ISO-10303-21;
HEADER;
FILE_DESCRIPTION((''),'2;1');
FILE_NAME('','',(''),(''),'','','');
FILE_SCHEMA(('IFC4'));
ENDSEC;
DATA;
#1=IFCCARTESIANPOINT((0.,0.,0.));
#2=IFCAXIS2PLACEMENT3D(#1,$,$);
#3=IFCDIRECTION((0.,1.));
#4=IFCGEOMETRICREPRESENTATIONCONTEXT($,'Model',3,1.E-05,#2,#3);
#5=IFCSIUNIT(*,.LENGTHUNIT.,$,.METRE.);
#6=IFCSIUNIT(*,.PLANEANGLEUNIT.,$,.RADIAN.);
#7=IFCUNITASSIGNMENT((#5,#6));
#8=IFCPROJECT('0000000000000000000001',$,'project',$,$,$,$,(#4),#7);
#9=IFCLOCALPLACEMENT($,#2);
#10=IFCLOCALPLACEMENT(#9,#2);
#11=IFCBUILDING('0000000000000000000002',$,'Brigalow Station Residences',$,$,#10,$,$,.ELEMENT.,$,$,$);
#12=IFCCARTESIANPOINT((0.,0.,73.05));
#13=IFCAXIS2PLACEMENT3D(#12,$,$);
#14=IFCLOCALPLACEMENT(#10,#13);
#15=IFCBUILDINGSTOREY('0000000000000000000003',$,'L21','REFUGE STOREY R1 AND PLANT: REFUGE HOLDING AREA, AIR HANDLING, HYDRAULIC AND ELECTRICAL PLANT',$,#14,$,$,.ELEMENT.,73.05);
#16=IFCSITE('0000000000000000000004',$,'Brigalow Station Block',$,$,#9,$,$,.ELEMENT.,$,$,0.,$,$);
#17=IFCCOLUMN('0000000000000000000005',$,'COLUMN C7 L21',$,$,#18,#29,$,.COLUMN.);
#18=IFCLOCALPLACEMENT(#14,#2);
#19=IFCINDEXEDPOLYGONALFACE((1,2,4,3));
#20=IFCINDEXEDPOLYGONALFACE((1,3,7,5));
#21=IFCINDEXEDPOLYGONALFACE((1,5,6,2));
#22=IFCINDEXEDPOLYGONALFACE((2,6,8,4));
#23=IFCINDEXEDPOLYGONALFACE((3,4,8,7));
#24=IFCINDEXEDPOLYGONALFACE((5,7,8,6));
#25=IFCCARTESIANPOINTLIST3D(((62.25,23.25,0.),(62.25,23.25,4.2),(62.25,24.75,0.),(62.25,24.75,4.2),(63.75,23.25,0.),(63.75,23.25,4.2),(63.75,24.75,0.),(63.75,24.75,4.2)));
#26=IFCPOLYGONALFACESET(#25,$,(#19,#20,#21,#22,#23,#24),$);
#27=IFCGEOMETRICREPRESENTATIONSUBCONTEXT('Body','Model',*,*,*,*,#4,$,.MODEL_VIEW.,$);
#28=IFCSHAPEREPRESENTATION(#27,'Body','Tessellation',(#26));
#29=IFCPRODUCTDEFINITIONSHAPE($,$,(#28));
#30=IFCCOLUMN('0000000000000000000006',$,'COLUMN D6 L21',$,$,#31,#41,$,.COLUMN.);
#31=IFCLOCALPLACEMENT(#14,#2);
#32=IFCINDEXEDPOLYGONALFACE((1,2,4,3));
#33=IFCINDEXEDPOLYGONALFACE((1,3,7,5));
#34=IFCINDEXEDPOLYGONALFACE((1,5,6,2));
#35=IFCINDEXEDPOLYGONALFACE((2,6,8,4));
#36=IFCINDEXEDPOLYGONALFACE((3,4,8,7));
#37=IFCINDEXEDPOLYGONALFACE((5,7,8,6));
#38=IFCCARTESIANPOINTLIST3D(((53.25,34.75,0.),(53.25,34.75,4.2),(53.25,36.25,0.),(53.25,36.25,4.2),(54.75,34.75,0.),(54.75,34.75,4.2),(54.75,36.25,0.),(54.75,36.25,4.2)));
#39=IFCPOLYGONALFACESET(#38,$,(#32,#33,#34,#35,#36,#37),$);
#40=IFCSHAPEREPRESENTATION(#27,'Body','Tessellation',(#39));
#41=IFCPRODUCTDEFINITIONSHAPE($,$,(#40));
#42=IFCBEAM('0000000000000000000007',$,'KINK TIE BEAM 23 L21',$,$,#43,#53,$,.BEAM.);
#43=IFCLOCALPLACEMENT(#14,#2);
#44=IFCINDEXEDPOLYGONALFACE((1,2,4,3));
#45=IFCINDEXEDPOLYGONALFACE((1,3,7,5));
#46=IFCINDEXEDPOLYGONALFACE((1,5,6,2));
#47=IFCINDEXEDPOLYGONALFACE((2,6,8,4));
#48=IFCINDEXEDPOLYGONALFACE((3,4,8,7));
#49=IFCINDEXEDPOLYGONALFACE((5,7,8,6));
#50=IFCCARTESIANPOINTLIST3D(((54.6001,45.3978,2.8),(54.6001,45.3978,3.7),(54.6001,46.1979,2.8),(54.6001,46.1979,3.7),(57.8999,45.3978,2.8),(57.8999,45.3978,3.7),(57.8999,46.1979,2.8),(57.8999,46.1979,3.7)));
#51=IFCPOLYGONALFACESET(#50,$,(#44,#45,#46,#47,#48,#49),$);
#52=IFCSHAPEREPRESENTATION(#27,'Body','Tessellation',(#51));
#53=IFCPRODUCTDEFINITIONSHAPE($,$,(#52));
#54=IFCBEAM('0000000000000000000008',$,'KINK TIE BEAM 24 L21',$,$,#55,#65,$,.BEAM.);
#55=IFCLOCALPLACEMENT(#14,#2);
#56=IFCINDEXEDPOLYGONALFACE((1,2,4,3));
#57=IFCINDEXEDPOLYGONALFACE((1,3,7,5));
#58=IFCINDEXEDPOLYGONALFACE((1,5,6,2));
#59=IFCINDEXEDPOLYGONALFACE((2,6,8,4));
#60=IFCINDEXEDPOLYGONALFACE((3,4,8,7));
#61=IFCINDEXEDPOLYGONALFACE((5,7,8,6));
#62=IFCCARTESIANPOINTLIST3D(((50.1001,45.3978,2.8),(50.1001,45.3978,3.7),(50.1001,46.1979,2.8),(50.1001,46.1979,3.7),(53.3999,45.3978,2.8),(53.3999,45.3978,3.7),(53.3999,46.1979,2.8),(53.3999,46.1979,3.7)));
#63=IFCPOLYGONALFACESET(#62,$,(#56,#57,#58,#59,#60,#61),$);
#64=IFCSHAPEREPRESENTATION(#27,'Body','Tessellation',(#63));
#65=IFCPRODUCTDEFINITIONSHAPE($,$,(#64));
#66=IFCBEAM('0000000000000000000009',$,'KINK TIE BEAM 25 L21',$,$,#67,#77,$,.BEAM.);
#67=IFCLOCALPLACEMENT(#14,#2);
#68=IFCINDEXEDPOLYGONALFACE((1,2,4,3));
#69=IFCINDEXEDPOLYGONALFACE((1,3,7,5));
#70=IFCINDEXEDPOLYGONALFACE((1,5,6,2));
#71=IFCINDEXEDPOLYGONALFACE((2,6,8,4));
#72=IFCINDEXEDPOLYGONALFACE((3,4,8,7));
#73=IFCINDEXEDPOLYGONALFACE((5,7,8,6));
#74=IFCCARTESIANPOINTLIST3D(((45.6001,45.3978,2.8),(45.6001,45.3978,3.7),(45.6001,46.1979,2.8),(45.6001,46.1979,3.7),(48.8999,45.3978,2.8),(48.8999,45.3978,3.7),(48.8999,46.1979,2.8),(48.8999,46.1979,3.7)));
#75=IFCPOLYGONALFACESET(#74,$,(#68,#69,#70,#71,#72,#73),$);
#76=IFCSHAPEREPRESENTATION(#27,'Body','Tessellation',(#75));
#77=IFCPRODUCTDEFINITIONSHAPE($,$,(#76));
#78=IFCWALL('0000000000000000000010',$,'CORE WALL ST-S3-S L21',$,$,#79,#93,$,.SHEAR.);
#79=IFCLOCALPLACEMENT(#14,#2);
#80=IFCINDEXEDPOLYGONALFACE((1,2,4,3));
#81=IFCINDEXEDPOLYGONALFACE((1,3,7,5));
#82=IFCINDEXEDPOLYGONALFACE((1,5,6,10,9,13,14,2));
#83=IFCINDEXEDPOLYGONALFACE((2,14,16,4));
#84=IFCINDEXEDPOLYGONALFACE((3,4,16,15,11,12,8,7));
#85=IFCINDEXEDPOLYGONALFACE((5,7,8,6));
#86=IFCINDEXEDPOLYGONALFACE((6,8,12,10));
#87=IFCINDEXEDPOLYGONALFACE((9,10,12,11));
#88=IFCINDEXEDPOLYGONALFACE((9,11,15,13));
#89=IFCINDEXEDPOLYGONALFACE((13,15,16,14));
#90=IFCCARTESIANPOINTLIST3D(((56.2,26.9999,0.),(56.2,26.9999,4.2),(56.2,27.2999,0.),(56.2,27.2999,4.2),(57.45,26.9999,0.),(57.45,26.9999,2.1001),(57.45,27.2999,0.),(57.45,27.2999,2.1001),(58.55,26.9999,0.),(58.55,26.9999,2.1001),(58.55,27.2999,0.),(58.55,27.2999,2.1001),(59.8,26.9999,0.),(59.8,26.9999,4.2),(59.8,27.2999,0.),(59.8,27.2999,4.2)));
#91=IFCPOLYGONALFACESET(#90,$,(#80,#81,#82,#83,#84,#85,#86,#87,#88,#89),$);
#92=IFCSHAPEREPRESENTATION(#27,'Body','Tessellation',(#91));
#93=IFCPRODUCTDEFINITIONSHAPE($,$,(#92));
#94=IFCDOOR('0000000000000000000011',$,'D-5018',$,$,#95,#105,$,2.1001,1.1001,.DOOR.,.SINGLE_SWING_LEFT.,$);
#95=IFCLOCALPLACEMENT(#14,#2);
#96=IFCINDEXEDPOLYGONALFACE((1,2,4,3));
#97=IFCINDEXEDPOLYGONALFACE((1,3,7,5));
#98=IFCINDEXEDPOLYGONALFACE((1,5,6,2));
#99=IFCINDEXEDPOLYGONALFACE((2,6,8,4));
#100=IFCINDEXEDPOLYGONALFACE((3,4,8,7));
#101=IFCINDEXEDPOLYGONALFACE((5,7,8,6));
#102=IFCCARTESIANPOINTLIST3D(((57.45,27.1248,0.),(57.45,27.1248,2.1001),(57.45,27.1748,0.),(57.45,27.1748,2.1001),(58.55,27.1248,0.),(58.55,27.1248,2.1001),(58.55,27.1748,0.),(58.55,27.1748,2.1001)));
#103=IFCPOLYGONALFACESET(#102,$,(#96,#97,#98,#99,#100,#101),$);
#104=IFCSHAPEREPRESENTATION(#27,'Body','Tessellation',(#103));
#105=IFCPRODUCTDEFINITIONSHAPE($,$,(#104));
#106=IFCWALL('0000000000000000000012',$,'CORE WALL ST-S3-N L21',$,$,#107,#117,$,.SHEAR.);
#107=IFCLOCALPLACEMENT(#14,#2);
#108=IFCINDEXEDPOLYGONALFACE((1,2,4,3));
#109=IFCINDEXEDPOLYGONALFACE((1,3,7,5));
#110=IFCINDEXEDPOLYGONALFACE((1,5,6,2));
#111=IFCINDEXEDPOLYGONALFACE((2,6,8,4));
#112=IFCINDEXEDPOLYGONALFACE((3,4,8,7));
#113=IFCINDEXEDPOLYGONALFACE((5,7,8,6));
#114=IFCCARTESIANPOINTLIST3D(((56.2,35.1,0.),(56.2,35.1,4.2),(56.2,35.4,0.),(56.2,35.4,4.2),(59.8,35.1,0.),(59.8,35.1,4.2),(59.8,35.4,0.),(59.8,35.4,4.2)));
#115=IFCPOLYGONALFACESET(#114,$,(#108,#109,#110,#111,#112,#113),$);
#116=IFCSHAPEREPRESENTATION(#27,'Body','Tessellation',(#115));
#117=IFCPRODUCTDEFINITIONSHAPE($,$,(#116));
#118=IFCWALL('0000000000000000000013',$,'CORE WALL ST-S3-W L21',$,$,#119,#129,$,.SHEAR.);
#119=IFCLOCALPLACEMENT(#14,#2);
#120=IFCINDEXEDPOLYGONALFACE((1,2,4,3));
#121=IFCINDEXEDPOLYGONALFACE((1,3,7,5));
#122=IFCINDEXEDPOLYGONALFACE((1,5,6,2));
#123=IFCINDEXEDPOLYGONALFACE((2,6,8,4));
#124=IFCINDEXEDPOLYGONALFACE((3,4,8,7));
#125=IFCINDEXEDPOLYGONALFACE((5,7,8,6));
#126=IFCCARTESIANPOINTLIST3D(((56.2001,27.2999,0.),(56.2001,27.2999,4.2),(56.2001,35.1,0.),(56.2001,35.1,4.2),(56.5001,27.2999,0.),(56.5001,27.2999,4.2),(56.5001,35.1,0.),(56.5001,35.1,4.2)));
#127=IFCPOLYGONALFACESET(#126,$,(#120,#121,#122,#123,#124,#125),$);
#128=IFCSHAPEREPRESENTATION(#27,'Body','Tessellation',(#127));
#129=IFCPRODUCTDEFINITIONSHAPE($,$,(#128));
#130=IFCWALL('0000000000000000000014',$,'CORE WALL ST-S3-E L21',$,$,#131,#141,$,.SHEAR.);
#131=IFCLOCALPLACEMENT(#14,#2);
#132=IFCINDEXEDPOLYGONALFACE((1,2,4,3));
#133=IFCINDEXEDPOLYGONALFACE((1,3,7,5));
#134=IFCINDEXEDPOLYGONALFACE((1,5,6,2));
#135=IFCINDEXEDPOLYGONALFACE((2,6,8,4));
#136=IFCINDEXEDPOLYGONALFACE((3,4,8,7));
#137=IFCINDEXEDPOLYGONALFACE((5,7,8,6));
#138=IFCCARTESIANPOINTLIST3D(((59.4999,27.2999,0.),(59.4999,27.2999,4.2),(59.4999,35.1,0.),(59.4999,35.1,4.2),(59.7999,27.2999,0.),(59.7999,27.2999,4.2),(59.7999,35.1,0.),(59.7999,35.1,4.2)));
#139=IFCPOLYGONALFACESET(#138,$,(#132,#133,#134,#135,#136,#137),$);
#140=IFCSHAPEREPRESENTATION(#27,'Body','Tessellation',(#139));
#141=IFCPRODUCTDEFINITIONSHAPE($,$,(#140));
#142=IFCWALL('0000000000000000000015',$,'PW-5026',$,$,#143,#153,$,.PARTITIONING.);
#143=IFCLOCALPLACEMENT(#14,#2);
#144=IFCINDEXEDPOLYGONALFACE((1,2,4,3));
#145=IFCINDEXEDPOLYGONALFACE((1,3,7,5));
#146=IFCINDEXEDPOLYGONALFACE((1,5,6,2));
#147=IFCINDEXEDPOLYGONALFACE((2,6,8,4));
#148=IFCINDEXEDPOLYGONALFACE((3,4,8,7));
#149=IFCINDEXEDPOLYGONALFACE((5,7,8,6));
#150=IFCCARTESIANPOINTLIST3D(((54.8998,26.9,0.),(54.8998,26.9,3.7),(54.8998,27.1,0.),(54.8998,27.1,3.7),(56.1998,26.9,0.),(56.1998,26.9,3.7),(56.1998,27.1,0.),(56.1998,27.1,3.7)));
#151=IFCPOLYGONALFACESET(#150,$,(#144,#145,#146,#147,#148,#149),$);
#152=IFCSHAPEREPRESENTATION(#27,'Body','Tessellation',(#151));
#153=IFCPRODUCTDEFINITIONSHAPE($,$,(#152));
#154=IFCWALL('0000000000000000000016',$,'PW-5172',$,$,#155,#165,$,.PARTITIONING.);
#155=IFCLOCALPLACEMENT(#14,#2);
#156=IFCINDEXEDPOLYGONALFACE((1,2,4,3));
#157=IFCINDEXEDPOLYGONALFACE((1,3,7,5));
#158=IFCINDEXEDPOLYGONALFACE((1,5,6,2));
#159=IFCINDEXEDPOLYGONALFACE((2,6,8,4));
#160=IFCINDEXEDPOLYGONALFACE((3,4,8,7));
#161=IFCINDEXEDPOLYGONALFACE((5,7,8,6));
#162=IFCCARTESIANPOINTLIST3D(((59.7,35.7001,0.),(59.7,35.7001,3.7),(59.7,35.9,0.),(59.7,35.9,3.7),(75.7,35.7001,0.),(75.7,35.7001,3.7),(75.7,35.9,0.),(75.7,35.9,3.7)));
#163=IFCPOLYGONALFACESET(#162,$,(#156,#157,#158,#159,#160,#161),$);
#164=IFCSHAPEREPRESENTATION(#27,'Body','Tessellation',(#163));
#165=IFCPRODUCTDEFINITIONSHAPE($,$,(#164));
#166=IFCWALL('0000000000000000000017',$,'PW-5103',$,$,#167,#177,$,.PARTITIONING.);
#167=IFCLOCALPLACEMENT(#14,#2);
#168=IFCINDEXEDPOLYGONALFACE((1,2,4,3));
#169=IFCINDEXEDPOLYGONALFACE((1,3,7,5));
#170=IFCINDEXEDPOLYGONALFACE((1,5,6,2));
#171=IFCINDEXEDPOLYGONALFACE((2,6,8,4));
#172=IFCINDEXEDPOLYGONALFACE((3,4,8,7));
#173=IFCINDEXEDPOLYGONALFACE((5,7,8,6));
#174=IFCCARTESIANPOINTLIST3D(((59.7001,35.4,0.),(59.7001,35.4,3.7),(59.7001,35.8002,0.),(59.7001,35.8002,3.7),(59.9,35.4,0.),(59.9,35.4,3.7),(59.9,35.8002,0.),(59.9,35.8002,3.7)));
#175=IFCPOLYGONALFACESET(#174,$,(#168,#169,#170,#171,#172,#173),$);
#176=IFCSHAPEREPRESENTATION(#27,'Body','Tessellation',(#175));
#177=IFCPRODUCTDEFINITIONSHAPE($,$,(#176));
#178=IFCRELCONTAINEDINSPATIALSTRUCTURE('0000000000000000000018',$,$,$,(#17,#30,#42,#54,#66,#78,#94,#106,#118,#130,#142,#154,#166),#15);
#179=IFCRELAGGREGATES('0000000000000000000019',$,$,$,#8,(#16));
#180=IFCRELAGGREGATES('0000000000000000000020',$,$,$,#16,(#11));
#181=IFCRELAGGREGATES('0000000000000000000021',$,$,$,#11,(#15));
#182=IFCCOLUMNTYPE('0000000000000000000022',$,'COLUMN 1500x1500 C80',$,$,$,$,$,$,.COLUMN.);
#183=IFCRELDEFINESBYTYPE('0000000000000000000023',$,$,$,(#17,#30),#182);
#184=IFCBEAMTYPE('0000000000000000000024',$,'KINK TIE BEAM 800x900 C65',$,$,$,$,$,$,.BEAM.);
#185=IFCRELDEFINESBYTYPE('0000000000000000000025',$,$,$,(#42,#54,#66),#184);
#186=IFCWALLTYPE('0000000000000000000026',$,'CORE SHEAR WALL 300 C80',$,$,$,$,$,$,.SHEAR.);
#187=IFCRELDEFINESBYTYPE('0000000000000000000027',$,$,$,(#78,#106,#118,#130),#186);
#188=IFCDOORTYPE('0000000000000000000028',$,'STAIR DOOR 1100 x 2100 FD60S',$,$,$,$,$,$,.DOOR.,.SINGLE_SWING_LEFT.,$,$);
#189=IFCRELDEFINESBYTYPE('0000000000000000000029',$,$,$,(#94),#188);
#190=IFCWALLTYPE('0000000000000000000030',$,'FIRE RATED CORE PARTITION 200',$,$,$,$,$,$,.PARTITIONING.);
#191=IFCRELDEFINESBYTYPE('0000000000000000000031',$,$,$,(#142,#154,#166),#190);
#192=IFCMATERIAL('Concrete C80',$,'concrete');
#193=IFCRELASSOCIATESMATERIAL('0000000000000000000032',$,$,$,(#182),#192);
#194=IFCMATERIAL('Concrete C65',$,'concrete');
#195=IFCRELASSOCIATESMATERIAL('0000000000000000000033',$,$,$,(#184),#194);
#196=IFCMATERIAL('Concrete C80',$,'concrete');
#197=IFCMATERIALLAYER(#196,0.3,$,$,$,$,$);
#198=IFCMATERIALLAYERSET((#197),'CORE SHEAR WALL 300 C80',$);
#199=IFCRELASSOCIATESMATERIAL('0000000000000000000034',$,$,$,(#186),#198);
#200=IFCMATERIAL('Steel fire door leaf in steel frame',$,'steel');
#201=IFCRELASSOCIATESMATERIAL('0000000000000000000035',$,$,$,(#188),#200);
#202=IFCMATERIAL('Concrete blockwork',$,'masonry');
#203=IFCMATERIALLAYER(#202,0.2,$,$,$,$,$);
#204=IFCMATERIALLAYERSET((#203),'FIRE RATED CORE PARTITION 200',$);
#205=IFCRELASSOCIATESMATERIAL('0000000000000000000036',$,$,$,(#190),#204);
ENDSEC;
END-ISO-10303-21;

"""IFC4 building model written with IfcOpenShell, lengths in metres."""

from ifc_helpers import new_model, si_unit, direction, frame, frame_2d, origin, origin_2d, place, context, subcontext, project, spatial, rectangle, extrude, material, layer, layer_set, material_profile, profile_set, type_object, element, fill, save


model = new_model("IFC4")

# Units and contexts
model_context = context("Model", 3, precision=1e-05, world=origin(), true_north=direction((0.0, 1.0)))
body_context = subcontext(model_context, "Body", "Model", "MODEL_VIEW")
ifc_project = project(units=[si_unit("LENGTHUNIT", "METRE"), si_unit("PLANEANGLEUNIT", "RADIAN")], contexts=[model_context])

# Site, building, storey
site_placement = place(None, origin())
site = spatial("IfcSite", under=ifc_project, at=site_placement, Name="Brigalow Station Block", CompositionType="ELEMENT", RefElevation=0.0)
building_placement = place(site_placement, origin())
building = spatial("IfcBuilding", under=site, at=building_placement, Name="Brigalow Station Residences", CompositionType="ELEMENT")
storey_placement = place(building_placement, frame((0.0, 0.0, 73.05)))
storey = spatial("IfcBuildingStorey", under=building, at=storey_placement, Name="L21", Description="REFUGE STOREY R1 AND PLANT: REFUGE HOLDING AREA, AIR HANDLING, HYDRAULIC AND ELECTRICAL PLANT", CompositionType="ELEMENT", Elevation=73.05)

# Columns
ifc_material_1 = material(Name="Concrete C80", Category="concrete")
ifc_material_profile_1 = material_profile(ifc_material_1, rectangle(XDim=1.5, YDim=1.5, at=origin_2d()), Name="RC1500x1500")
ifc_profile_set_1 = profile_set([ifc_material_profile_1], Name="Concrete C80")
column_type = type_object("IfcColumnType", Name="COLUMN 1500x1500 C80", PredefinedType="COLUMN", material=ifc_profile_set_1)
for number, where, z_axis, x_axis, name in (
    (1, (63.0, 24.0, 0.0), (0.0, 0.0, 1.0), (1.0, 0.0, 0.0), "COLUMN C7 L21"),
    (2, (54.0, 35.5, 0.0), (0.0, 0.0, 1.0), (1.0, 0.0, 0.0), "COLUMN D6 L21"),
):
    element("IfcColumn", number, at=place(storey_placement, frame(where, z_axis=z_axis, x_axis=x_axis)), inside=storey, type_object=column_type, Name=name, PredefinedType="COLUMN", context=body_context, shape_type="SweptSolid", body=[
        extrude(rectangle(XDim=1.5, YDim=1.5, at=origin_2d()), origin(), (0.0, 0.0, 1.0), 4.2),
    ])

# Beams
ifc_material_2 = material(Name="Concrete C65", Category="concrete")
ifc_material_profile_2 = material_profile(ifc_material_2, rectangle(XDim=0.8, YDim=0.8999, at=origin_2d()), Name="RC800x900")
ifc_profile_set_2 = profile_set([ifc_material_profile_2], Name="Concrete C65")
beam_type = type_object("IfcBeamType", Name="KINK TIE BEAM 800x900 C65", PredefinedType="BEAM", material=ifc_profile_set_2)
for number, where, z_axis, x_axis, name in (
    (3, (57.8999, 45.7979, 3.25), (-1.0, 0.0, 0.0), (0.0, -1.0, 0.0), "KINK TIE BEAM 23 L21"),
    (4, (53.3999, 45.7979, 3.25), (-1.0, 0.0, 0.0), (0.0, -1.0, 0.0), "KINK TIE BEAM 24 L21"),
    (5, (48.8999, 45.7979, 3.25), (-1.0, 0.0, 0.0), (0.0, -1.0, 0.0), "KINK TIE BEAM 25 L21"),
):
    element("IfcBeam", number, at=place(storey_placement, frame(where, z_axis=z_axis, x_axis=x_axis)), inside=storey, type_object=beam_type, Name=name, PredefinedType="BEAM", context=body_context, shape_type="SweptSolid", body=[
        extrude(rectangle(XDim=0.8, YDim=0.8999, at=origin_2d()), origin(), (0.0, 0.0, 1.0), 3.2998),
    ])

# Wall, opening, door
ifc_material_3 = material(Name="Concrete C80", Category="concrete")
ifc_layer_1 = layer(ifc_material_3, 0.3)
ifc_layer_set_1 = layer_set([ifc_layer_1], Name="CORE SHEAR WALL 300 C80")
wall_type_1 = type_object("IfcWallType", Name="CORE SHEAR WALL 300 C80", PredefinedType="SHEAR", material=ifc_layer_set_1)
wall_1_placement = place(storey_placement, frame((56.2, 27.1499, 0.0), z_axis=(0.0, 0.0, 1.0), x_axis=(1.0, 0.0, 0.0)))
wall_1 = element("IfcWall", 6, at=wall_1_placement, inside=storey, type_object=wall_type_1, Name="CORE WALL ST-S3-S L21", PredefinedType="SHEAR", context=body_context, shape_type="SweptSolid", body=[
    extrude(rectangle(XDim=3.6001, YDim=0.3, at=frame_2d((1.8, 0.0))), origin(), (0.0, 0.0, 1.0), 4.2),
])
opening_1_placement = place(wall_1_placement, frame((1.25, 0.0, 0.0)))
opening_1 = element("IfcOpeningElement", 7, at=opening_1_placement, cuts=wall_1, PredefinedType="OPENING", context=body_context, shape_type="SweptSolid", body=[
    extrude(rectangle(XDim=1.1001, YDim=2.1001, at=frame_2d((0.55, 1.05))), frame((0.0, 0.1602, 0.0), z_axis=(0.0, -1.0, 0.0), x_axis=(1.0, 0.0, 0.0)), (0.0, 0.0, 1.0), 0.3201),
])
ifc_material_4 = material(Name="Steel fire door leaf in steel frame", Category="steel")
door_type_1 = type_object("IfcDoorType", Name="STAIR DOOR 1100 x 2100 FD60S", OperationType="SINGLE_SWING_LEFT", PredefinedType="DOOR", material=ifc_material_4)
door_1_placement = place(opening_1_placement, origin())
door_1 = element("IfcDoor", 8, at=door_1_placement, inside=storey, type_object=door_type_1, Name="D-5018", OperationType="SINGLE_SWING_LEFT", OverallHeight=2.1001, OverallWidth=1.1001, PredefinedType="DOOR", context=body_context, shape_type="SweptSolid", body=[
    extrude(rectangle(XDim=1.1001, YDim=2.1001, at=frame_2d((0.55, 1.05))), frame((0.0, 0.0249, 0.0), z_axis=(0.0, -1.0, 0.0), x_axis=(1.0, 0.0, 0.0)), (0.0, 0.0, 1.0), 0.05),
])
fill(opening_1, door_1)

# Walls
wall_2_placement = place(storey_placement, frame((56.2, 35.25, 0.0), z_axis=(0.0, 0.0, 1.0), x_axis=(1.0, 0.0, 0.0)))
element("IfcWall", 9, at=wall_2_placement, inside=storey, type_object=wall_type_1, Name="CORE WALL ST-S3-N L21", PredefinedType="SHEAR", context=body_context, shape_type="SweptSolid", body=[
    extrude(rectangle(XDim=3.6001, YDim=0.3, at=frame_2d((1.8, 0.0))), origin(), (0.0, 0.0, 1.0), 4.2),
])
for number, where, z_axis, x_axis, name in (
    (10, (56.3501, 27.3, 0.0), (0.0, 0.0, 1.0), (0.0, 1.0, 0.0), "CORE WALL ST-S3-W L21"),
    (11, (59.6499, 27.3, 0.0), (0.0, 0.0, 1.0), (0.0, 1.0, 0.0), "CORE WALL ST-S3-E L21"),
):
    element("IfcWall", number, at=place(storey_placement, frame(where, z_axis=z_axis, x_axis=x_axis)), inside=storey, type_object=wall_type_1, Name=name, PredefinedType="SHEAR", context=body_context, shape_type="SweptSolid", body=[
        extrude(rectangle(XDim=7.8, YDim=0.3, at=frame_2d((3.8999, 0.0))), origin(), (0.0, 0.0, 1.0), 4.2),
    ])
ifc_material_5 = material(Name="Concrete blockwork", Category="masonry")
ifc_layer_2 = layer(ifc_material_5, 0.2)
ifc_layer_set_2 = layer_set([ifc_layer_2], Name="FIRE RATED CORE PARTITION 200")
wall_type_2 = type_object("IfcWallType", Name="FIRE RATED CORE PARTITION 200", PredefinedType="PARTITIONING", material=ifc_layer_set_2)
wall_3_placement = place(storey_placement, frame((54.8999, 27.0, 0.0), z_axis=(0.0, 0.0, 1.0), x_axis=(1.0, 0.0, 0.0)))
element("IfcWall", 12, at=wall_3_placement, inside=storey, type_object=wall_type_2, Name="PW-5026", PredefinedType="PARTITIONING", context=body_context, shape_type="SweptSolid", body=[
    extrude(rectangle(XDim=1.3, YDim=0.2, at=frame_2d((0.6499, 0.0))), origin(), (0.0, 0.0, 1.0), 3.7),
])
wall_4_placement = place(storey_placement, frame((59.7, 35.8, 0.0), z_axis=(0.0, 0.0, 1.0), x_axis=(1.0, 0.0, 0.0)))
element("IfcWall", 13, at=wall_4_placement, inside=storey, type_object=wall_type_2, Name="PW-5172", PredefinedType="PARTITIONING", context=body_context, shape_type="SweptSolid", body=[
    extrude(rectangle(XDim=16.0, YDim=0.2, at=frame_2d((8.0, 0.0))), origin(), (0.0, 0.0, 1.0), 3.7),
])
wall_5_placement = place(storey_placement, frame((59.8, 35.3999, 0.0), z_axis=(0.0, 0.0, 1.0), x_axis=(0.0, 1.0, 0.0)))
element("IfcWall", 14, at=wall_5_placement, inside=storey, type_object=wall_type_2, Name="PW-5103", PredefinedType="PARTITIONING", context=body_context, shape_type="SweptSolid", body=[
    extrude(rectangle(XDim=0.4001, YDim=0.2, at=frame_2d((0.2002, 0.0))), origin(), (0.0, 0.0, 1.0), 3.7),
])

save(model, "model.ifc")
